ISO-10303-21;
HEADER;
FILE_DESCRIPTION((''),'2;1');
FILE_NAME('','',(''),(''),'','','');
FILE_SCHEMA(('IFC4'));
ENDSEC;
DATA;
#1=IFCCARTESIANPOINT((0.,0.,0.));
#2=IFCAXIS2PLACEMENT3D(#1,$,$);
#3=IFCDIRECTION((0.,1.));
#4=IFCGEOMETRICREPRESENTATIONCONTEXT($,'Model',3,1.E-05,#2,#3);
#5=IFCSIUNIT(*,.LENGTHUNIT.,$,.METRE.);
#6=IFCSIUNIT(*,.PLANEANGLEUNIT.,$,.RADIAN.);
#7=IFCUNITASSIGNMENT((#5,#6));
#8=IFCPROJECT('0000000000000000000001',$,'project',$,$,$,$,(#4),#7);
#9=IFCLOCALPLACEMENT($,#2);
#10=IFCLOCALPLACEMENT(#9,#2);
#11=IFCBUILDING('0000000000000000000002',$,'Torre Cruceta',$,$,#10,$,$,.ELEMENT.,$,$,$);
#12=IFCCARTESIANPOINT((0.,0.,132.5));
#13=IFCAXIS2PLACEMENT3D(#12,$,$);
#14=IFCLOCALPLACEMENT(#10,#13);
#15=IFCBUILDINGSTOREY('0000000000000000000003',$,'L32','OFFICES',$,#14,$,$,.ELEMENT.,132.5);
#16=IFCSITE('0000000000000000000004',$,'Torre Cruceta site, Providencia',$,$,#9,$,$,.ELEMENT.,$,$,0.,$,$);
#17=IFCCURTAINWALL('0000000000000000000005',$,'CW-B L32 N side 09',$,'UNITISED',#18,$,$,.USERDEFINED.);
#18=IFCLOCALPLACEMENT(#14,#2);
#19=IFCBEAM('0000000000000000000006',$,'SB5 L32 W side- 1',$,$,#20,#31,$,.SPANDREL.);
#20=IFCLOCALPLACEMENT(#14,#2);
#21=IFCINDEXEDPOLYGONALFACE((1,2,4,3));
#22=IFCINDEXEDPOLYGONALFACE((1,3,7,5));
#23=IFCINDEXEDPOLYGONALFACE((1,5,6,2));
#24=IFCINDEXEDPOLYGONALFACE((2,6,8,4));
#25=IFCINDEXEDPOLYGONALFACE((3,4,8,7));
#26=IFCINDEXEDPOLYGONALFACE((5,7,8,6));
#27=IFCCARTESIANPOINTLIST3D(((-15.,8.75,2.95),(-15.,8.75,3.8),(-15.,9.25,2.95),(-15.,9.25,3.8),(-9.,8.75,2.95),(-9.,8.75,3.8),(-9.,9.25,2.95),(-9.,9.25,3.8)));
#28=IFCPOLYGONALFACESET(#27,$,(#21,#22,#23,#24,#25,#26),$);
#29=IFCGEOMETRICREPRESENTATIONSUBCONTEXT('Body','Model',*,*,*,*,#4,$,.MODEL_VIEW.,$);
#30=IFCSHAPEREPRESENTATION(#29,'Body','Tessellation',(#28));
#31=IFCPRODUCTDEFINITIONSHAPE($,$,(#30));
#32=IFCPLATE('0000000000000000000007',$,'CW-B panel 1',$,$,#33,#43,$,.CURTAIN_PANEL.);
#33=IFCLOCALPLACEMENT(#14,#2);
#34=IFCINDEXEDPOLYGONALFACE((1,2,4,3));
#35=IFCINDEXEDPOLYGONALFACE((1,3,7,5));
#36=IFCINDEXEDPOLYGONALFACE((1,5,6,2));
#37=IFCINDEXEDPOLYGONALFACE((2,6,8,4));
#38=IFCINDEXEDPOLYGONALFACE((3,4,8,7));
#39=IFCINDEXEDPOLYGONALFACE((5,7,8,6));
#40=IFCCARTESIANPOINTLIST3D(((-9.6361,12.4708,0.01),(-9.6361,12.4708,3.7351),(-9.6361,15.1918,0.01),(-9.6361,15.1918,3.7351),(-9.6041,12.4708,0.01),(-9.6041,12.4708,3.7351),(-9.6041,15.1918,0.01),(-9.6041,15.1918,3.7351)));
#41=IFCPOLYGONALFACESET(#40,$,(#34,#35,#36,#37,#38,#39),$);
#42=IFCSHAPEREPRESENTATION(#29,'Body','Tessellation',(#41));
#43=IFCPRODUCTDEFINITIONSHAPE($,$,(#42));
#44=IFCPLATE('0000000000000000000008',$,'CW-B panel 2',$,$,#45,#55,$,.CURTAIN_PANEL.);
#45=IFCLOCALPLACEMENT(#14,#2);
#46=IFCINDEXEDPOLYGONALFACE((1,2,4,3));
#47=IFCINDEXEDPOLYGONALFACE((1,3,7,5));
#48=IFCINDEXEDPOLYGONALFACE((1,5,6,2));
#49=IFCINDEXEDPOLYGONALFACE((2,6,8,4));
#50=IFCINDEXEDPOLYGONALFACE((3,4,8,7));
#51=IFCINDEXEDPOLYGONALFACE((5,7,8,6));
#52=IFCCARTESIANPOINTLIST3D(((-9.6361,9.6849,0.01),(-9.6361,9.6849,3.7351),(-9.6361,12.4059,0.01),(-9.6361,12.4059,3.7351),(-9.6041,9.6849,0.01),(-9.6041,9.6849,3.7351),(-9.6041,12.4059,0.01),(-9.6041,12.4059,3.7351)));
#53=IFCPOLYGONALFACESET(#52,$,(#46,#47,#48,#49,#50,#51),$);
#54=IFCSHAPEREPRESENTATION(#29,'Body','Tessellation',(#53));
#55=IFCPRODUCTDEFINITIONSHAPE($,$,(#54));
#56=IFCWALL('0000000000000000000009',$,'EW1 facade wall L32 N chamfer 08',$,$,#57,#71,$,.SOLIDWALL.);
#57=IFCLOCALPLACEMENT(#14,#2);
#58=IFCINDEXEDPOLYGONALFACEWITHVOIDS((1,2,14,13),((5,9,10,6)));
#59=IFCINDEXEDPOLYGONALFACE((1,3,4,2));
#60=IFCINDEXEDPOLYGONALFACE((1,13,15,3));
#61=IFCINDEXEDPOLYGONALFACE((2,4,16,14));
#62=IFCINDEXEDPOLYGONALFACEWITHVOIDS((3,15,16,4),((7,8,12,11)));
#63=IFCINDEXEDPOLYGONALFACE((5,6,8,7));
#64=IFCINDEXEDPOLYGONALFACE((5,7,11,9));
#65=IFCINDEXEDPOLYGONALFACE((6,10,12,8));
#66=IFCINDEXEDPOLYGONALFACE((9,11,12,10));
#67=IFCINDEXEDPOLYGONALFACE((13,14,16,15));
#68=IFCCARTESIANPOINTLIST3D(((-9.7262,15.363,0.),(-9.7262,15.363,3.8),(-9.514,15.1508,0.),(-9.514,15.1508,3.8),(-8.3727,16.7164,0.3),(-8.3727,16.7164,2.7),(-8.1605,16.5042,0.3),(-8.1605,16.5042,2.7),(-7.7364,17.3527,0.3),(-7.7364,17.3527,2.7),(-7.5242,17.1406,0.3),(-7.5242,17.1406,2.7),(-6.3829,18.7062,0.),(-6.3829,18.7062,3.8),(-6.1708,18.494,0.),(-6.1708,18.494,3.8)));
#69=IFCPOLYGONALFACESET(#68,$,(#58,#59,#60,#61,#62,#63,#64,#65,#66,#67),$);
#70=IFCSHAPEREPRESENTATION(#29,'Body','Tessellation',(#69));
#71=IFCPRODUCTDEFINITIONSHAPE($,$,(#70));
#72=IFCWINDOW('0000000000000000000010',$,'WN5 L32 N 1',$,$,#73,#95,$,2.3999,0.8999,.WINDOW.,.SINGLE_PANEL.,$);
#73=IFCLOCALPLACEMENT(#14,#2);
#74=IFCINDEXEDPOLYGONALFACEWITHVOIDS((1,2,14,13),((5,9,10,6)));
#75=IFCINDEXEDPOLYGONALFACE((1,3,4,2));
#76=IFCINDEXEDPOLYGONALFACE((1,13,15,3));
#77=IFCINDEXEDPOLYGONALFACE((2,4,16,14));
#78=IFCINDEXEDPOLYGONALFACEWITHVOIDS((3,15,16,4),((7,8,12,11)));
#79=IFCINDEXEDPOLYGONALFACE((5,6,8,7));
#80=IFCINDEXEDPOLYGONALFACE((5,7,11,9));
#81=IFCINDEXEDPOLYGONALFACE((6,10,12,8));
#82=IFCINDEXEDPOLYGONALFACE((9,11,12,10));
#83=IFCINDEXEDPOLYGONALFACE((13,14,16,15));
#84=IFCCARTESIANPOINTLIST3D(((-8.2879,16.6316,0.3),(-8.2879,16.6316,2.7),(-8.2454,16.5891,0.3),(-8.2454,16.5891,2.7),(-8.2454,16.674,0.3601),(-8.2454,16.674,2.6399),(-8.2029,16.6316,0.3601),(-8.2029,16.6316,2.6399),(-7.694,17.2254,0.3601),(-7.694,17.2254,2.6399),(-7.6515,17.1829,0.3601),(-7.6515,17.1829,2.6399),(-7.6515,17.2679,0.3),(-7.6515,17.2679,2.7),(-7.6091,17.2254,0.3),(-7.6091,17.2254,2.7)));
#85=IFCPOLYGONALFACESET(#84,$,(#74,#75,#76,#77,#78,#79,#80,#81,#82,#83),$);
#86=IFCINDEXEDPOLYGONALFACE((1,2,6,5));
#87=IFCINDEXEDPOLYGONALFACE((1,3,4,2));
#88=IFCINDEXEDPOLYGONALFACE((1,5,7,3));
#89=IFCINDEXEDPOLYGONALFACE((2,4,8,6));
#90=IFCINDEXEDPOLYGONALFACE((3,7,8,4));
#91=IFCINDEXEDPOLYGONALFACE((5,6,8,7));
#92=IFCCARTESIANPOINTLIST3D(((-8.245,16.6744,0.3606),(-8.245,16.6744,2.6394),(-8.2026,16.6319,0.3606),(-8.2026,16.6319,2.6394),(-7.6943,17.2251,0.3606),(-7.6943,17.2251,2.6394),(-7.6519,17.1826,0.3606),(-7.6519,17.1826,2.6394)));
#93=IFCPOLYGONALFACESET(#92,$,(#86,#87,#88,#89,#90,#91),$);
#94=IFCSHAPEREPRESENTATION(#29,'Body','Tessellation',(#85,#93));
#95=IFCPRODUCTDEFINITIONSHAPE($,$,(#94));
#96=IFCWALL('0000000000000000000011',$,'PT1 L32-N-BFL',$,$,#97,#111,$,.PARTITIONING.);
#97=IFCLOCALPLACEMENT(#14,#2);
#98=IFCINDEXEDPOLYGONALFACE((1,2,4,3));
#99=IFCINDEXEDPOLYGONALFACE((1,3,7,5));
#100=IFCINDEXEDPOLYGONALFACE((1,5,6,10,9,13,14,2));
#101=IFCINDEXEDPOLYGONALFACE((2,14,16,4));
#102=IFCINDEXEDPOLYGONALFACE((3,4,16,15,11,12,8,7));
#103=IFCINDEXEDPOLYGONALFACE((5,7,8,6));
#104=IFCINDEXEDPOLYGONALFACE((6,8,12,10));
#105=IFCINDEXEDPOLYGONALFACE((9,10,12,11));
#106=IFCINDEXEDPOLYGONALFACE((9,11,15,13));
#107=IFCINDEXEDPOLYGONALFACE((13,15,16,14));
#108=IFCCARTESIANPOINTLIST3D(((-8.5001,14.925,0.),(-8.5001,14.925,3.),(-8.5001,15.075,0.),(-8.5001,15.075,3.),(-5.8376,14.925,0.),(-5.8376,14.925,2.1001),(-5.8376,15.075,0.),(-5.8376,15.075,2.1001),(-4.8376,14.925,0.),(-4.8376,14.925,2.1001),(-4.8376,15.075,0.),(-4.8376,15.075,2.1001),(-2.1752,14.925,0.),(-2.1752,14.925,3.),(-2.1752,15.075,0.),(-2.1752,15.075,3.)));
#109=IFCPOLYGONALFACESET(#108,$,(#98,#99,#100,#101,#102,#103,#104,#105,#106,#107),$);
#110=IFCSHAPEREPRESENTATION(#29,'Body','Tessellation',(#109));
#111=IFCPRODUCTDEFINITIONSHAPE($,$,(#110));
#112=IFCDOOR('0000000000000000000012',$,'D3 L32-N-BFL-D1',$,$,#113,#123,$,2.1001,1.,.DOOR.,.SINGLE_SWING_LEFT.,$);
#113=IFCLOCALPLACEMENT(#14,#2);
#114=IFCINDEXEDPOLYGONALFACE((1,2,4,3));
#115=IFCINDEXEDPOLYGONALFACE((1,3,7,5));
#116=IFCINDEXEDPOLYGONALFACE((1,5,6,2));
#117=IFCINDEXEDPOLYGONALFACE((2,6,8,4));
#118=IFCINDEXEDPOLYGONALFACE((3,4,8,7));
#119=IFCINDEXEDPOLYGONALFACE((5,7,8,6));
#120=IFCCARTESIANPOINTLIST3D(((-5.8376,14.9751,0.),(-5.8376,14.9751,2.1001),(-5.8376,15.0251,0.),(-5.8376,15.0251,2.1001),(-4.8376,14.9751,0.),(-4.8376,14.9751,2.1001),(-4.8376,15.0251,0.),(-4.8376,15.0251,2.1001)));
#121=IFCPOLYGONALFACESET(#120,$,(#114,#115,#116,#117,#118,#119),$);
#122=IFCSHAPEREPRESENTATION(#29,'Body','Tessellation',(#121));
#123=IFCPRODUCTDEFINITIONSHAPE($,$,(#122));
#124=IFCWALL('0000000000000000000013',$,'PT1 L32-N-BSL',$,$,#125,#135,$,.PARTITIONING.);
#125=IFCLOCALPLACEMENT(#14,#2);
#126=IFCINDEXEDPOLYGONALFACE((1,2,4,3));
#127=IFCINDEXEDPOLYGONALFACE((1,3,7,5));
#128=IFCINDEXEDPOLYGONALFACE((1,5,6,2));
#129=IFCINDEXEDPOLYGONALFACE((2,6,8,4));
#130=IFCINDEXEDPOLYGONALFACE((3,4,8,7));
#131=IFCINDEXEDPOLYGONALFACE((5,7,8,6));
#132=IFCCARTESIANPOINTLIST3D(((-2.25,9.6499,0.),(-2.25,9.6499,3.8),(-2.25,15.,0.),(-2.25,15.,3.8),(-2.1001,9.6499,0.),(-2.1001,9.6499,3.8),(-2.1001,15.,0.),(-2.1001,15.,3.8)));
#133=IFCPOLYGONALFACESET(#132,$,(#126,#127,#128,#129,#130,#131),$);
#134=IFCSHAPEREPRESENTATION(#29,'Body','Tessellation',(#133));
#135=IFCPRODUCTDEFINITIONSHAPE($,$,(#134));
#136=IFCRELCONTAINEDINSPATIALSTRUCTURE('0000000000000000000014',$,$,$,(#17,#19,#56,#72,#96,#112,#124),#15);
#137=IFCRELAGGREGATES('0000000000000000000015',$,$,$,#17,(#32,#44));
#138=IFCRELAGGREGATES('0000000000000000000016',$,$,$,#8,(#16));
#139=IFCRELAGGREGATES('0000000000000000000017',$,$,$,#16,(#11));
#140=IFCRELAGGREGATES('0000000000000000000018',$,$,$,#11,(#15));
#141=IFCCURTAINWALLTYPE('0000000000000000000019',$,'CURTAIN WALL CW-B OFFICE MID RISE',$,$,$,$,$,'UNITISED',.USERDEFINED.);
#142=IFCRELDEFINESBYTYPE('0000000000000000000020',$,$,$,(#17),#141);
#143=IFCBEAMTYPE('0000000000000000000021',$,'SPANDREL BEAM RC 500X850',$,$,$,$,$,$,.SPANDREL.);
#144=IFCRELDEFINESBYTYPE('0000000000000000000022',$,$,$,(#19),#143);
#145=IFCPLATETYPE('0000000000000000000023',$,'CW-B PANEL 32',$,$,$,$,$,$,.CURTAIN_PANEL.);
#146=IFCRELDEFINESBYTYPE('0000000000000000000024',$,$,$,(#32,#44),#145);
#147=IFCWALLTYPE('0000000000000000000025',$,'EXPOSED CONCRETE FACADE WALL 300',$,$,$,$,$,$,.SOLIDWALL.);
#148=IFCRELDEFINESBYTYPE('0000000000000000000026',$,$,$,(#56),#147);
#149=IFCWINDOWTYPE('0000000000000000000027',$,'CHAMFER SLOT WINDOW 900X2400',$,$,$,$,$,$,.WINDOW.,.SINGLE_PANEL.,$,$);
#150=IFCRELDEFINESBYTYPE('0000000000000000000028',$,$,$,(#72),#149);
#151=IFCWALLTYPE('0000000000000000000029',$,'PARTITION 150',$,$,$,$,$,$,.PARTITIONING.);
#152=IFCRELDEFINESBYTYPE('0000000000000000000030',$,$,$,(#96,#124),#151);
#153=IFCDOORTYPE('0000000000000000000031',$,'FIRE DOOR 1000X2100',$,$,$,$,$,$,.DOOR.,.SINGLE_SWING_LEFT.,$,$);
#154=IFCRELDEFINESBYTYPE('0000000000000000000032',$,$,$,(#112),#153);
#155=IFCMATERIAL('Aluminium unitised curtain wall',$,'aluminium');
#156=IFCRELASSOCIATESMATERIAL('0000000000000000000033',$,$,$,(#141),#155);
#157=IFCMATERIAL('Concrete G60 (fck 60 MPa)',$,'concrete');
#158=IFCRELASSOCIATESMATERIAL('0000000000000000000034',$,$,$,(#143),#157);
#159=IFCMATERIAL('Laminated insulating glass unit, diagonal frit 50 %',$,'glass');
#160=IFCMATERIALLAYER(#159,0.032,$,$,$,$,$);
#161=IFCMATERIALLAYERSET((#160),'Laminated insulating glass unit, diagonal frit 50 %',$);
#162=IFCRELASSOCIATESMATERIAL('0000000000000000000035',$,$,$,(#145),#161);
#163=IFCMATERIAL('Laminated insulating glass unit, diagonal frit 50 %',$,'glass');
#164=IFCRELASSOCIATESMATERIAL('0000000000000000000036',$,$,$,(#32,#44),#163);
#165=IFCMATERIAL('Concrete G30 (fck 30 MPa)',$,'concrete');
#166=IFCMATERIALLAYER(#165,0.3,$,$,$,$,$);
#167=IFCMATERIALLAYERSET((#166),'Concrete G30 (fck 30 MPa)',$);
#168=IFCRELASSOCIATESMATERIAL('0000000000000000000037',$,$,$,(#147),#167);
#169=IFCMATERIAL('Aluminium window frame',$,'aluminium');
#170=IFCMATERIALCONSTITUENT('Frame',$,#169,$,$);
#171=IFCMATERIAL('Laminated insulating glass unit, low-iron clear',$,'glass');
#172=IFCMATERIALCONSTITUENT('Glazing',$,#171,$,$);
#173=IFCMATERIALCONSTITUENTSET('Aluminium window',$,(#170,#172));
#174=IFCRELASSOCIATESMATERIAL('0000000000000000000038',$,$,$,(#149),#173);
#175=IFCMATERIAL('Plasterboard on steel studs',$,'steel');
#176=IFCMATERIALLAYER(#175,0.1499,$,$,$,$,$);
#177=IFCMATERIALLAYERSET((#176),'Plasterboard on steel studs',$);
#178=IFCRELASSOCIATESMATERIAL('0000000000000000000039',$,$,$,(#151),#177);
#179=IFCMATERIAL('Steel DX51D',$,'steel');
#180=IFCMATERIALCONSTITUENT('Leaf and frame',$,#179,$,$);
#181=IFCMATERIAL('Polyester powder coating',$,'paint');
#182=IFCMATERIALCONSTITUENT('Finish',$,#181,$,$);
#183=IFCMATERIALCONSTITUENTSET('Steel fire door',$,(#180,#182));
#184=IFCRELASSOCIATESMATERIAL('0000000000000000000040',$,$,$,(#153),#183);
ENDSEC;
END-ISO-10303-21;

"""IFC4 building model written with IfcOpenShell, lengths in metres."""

from ifc_helpers import new_model, si_unit, direction, frame, frame_2d, origin, origin_2d, place, context, subcontext, project, spatial, rectangle, hollow_rectangle, extrude, material, layer, layer_set, constituent, constituent_set, material_profile, profile_set, type_object, element, fill, aggregate, save


model = new_model("IFC4")

# Units and contexts
model_context = context("Model", 3, precision=1e-05, world=origin(), true_north=direction((0.0, 1.0)))
body_context = subcontext(model_context, "Body", "Model", "MODEL_VIEW")
ifc_project = project(units=[si_unit("LENGTHUNIT", "METRE"), si_unit("PLANEANGLEUNIT", "RADIAN")], contexts=[model_context])

# Site, building, storey
site_placement = place(None, origin())
site = spatial("IfcSite", under=ifc_project, at=site_placement, Name="Torre Cruceta site, Providencia", CompositionType="ELEMENT", RefElevation=0.0)
building_placement = place(site_placement, origin())
building = spatial("IfcBuilding", under=site, at=building_placement, Name="Torre Cruceta", CompositionType="ELEMENT")
storey_placement = place(building_placement, frame((0.0, 0.0, 132.5)))
storey = spatial("IfcBuildingStorey", under=building, at=storey_placement, Name="L32", Description="OFFICES", CompositionType="ELEMENT", Elevation=132.5)

# Curtain wall
ifc_material_1 = material(Name="Aluminium unitised curtain wall", Category="aluminium")
curtain_wall_type = type_object("IfcCurtainWallType", Name="CURTAIN WALL CW-B OFFICE MID RISE", ElementType="UNITISED", PredefinedType="USERDEFINED", material=ifc_material_1)
curtain_wall_placement = place(storey_placement, origin())
curtain_wall = element("IfcCurtainWall", 1, at=curtain_wall_placement, inside=storey, type_object=curtain_wall_type, Name="CW-B L32 N side 09", ObjectType="UNITISED", PredefinedType="USERDEFINED")

# Beam
ifc_material_2 = material(Name="Concrete G60 (fck 60 MPa)", Category="concrete")
ifc_material_profile_1 = material_profile(ifc_material_2, rectangle(XDim=0.5, YDim=0.8501, at=origin_2d()), Name="RC 500X850")
ifc_profile_set_1 = profile_set([ifc_material_profile_1], Name="Concrete G60 (fck 60 MPa)")
beam_type_1 = type_object("IfcBeamType", Name="SPANDREL BEAM RC 500X850", PredefinedType="SPANDREL", material=ifc_profile_set_1)
beam_1_placement = place(storey_placement, frame((-9.0, 9.0, 3.375), z_axis=(-1.0, 0.0, 0.0), x_axis=(0.0, -1.0, 0.0)))
element("IfcBeam", 2, at=beam_1_placement, inside=storey, type_object=beam_type_1, Name="SB5 L32 W side- 1", PredefinedType="SPANDREL", context=body_context, shape_type="SweptSolid", body=[
    extrude(rectangle(XDim=0.5, YDim=0.8501, at=origin_2d()), origin(), (0.0, 0.0, 1.0), 6.0),
])

# Plates
ifc_material_3 = material(Name="Laminated insulating glass unit, diagonal frit 50 %", Category="glass")
ifc_material_4 = material(Name="Laminated insulating glass unit, diagonal frit 50 %", Category="glass")
ifc_layer_1 = layer(ifc_material_4, 0.032)
ifc_layer_set_1 = layer_set([ifc_layer_1], Name="Laminated insulating glass unit, diagonal frit 50 %")
plate_type = type_object("IfcPlateType", Name="CW-B PANEL 32", PredefinedType="CURTAIN_PANEL", material=ifc_layer_set_1)
plate_1_placement = place(storey_placement, frame((-9.6201, 13.8313, 0.01), z_axis=(0.0, 0.0, 1.0), x_axis=(0.0, -1.0, 0.0)))
plate_1 = element("IfcPlate", 3, at=plate_1_placement, type_object=plate_type, material=ifc_material_3, Name="CW-B panel 1", PredefinedType="CURTAIN_PANEL", context=body_context, shape_type="SweptSolid", body=[
    extrude(rectangle(XDim=2.7209, YDim=0.032, at=origin_2d()), origin(), (0.0, 0.0, 1.0), 3.7251),
])
plate_2_placement = place(storey_placement, frame((-9.6201, 11.0454, 0.01), z_axis=(0.0, 0.0, 1.0), x_axis=(0.0, -1.0, 0.0)))
plate_2 = element("IfcPlate", 4, at=plate_2_placement, type_object=plate_type, material=ifc_material_3, Name="CW-B panel 2", PredefinedType="CURTAIN_PANEL", context=body_context, shape_type="SweptSolid", body=[
    extrude(rectangle(XDim=2.7209, YDim=0.032, at=origin_2d()), origin(), (0.0, 0.0, 1.0), 3.7251),
])
aggregate(curtain_wall, [plate_1, plate_2])

# Wall, opening, window
ifc_material_5 = material(Name="Concrete G30 (fck 30 MPa)", Category="concrete")
ifc_layer_2 = layer(ifc_material_5, 0.3)
ifc_layer_set_2 = layer_set([ifc_layer_2], Name="Concrete G30 (fck 30 MPa)")
wall_type_1 = type_object("IfcWallType", Name="EXPOSED CONCRETE FACADE WALL 300", PredefinedType="SOLIDWALL", material=ifc_layer_set_2)
wall_1_placement = place(storey_placement, frame((-6.2769, 18.6001, 0.0), z_axis=(0.0, 0.0, 1.0), x_axis=(-0.707107, -0.707107, 0.0)))
wall_1 = element("IfcWall", 5, at=wall_1_placement, inside=storey, type_object=wall_type_1, Name="EW1 facade wall L32 N chamfer 08", PredefinedType="SOLIDWALL", context=body_context, shape_type="SweptSolid", body=[
    extrude(rectangle(XDim=4.728, YDim=0.3, at=frame_2d((2.364, 0.0))), origin(), (0.0, 0.0, 1.0), 3.8),
])
opening_1_placement = place(wall_1_placement, frame((1.9141, 0.0, 0.3)))
opening_1 = element("IfcOpeningElement", 6, at=opening_1_placement, cuts=wall_1, PredefinedType="OPENING", context=body_context, shape_type="SweptSolid", body=[
    extrude(rectangle(XDim=0.8999, YDim=2.3999, at=frame_2d((0.45, 1.2))), frame((0.0, 0.1599, 0.0), z_axis=(0.0, -1.0, 0.0), x_axis=(1.0, 0.0, 0.0)), (0.0, 0.0, 1.0), 0.3201),
])
ifc_material_6 = material(Name="Aluminium window frame", Category="aluminium")
ifc_constituent_1 = constituent(ifc_material_6, Name="Frame")
ifc_material_7 = material(Name="Laminated insulating glass unit, low-iron clear", Category="glass")
ifc_constituent_2 = constituent(ifc_material_7, Name="Glazing")
ifc_constituent_set_1 = constituent_set(constituents=[ifc_constituent_1, ifc_constituent_2], Name="Aluminium window")
window_type = type_object("IfcWindowType", Name="CHAMFER SLOT WINDOW 900X2400", PartitioningType="SINGLE_PANEL", PredefinedType="WINDOW", material=ifc_constituent_set_1)
window_placement = place(opening_1_placement, origin())
window = element("IfcWindow", 7, at=window_placement, inside=storey, type_object=window_type, Name="WN5 L32 N 1", OverallHeight=2.3999, OverallWidth=0.8999, PartitioningType="SINGLE_PANEL", PredefinedType="WINDOW", context=body_context, shape_type="SweptSolid", body=[
    extrude(hollow_rectangle(XDim=0.8999, YDim=2.3999, WallThickness=0.0601, at=frame_2d((0.45, 1.2))), frame((0.0, 0.03, 0.0), z_axis=(0.0, -1.0, 0.0), x_axis=(1.0, 0.0, 0.0)), (0.0, 0.0, 1.0), 0.0601),
    extrude(rectangle(XDim=0.7788, YDim=2.2788, at=frame_2d((0.45, 1.2))), frame((0.0, 0.03, 0.0), z_axis=(0.0, -1.0, 0.0), x_axis=(1.0, 0.0, 0.0)), (0.0, 0.0, 1.0), 0.0601),
])
fill(opening_1, window)

# Wall, opening, door
ifc_material_8 = material(Name="Plasterboard on steel studs", Category="steel")
ifc_layer_3 = layer(ifc_material_8, 0.1499)
ifc_layer_set_3 = layer_set([ifc_layer_3], Name="Plasterboard on steel studs")
wall_type_2 = type_object("IfcWallType", Name="PARTITION 150", PredefinedType="PARTITIONING", material=ifc_layer_set_3)
wall_2_placement = place(storey_placement, frame((-2.175, 15.0, 0.0), z_axis=(0.0, 0.0, 1.0), x_axis=(-1.0, 0.0, 0.0)))
wall_2 = element("IfcWall", 8, at=wall_2_placement, inside=storey, type_object=wall_type_2, Name="PT1 L32-N-BFL", PredefinedType="PARTITIONING", context=body_context, shape_type="SweptSolid", body=[
    extrude(rectangle(XDim=6.325, YDim=0.1499, at=frame_2d((3.1626, 0.0))), origin(), (0.0, 0.0, 1.0), 3.0),
])
opening_2_placement = place(wall_2_placement, frame((2.6626, 0.0, 0.0)))
opening_2 = element("IfcOpeningElement", 9, at=opening_2_placement, cuts=wall_2, PredefinedType="OPENING", context=body_context, shape_type="SweptSolid", body=[
    extrude(rectangle(XDim=1.0, YDim=2.1001, at=frame_2d((0.5, 1.05))), frame((0.0, 0.085, 0.0), z_axis=(0.0, -1.0, 0.0), x_axis=(1.0, 0.0, 0.0)), (0.0, 0.0, 1.0), 0.1699),
])
ifc_material_9 = material(Name="Steel DX51D", Category="steel")
ifc_constituent_3 = constituent(ifc_material_9, Name="Leaf and frame")
ifc_material_10 = material(Name="Polyester powder coating", Category="paint")
ifc_constituent_4 = constituent(ifc_material_10, Name="Finish")
ifc_constituent_set_2 = constituent_set(constituents=[ifc_constituent_3, ifc_constituent_4], Name="Steel fire door")
door_type_1 = type_object("IfcDoorType", Name="FIRE DOOR 1000X2100", OperationType="SINGLE_SWING_LEFT", PredefinedType="DOOR", material=ifc_constituent_set_2)
door_1_placement = place(opening_2_placement, frame((1.0, 0.0, 0.0), z_axis=(0.0, 0.0, 1.0), x_axis=(-1.0, 0.0, 0.0)))
door_1 = element("IfcDoor", 10, at=door_1_placement, inside=storey, type_object=door_type_1, Name="D3 L32-N-BFL-D1", OperationType="SINGLE_SWING_LEFT", OverallHeight=2.1001, OverallWidth=1.0, PredefinedType="DOOR", context=body_context, shape_type="SweptSolid", body=[
    extrude(rectangle(XDim=1.0, YDim=2.1001, at=frame_2d((0.5, 1.05))), frame((0.0, 0.0251, 0.0), z_axis=(0.0, -1.0, 0.0), x_axis=(1.0, 0.0, 0.0)), (0.0, 0.0, 1.0), 0.05),
])
fill(opening_2, door_1)

# Wall
wall_3_placement = place(storey_placement, frame((-2.175, 9.6499, 0.0), z_axis=(0.0, 0.0, 1.0), x_axis=(0.0, 1.0, 0.0)))
element("IfcWall", 11, at=wall_3_placement, inside=storey, type_object=wall_type_2, Name="PT1 L32-N-BSL", PredefinedType="PARTITIONING", context=body_context, shape_type="SweptSolid", body=[
    extrude(rectangle(XDim=5.3501, YDim=0.1499, at=frame_2d((2.675, 0.0))), origin(), (0.0, 0.0, 1.0), 3.8),
])

save(model, "model.ifc")
